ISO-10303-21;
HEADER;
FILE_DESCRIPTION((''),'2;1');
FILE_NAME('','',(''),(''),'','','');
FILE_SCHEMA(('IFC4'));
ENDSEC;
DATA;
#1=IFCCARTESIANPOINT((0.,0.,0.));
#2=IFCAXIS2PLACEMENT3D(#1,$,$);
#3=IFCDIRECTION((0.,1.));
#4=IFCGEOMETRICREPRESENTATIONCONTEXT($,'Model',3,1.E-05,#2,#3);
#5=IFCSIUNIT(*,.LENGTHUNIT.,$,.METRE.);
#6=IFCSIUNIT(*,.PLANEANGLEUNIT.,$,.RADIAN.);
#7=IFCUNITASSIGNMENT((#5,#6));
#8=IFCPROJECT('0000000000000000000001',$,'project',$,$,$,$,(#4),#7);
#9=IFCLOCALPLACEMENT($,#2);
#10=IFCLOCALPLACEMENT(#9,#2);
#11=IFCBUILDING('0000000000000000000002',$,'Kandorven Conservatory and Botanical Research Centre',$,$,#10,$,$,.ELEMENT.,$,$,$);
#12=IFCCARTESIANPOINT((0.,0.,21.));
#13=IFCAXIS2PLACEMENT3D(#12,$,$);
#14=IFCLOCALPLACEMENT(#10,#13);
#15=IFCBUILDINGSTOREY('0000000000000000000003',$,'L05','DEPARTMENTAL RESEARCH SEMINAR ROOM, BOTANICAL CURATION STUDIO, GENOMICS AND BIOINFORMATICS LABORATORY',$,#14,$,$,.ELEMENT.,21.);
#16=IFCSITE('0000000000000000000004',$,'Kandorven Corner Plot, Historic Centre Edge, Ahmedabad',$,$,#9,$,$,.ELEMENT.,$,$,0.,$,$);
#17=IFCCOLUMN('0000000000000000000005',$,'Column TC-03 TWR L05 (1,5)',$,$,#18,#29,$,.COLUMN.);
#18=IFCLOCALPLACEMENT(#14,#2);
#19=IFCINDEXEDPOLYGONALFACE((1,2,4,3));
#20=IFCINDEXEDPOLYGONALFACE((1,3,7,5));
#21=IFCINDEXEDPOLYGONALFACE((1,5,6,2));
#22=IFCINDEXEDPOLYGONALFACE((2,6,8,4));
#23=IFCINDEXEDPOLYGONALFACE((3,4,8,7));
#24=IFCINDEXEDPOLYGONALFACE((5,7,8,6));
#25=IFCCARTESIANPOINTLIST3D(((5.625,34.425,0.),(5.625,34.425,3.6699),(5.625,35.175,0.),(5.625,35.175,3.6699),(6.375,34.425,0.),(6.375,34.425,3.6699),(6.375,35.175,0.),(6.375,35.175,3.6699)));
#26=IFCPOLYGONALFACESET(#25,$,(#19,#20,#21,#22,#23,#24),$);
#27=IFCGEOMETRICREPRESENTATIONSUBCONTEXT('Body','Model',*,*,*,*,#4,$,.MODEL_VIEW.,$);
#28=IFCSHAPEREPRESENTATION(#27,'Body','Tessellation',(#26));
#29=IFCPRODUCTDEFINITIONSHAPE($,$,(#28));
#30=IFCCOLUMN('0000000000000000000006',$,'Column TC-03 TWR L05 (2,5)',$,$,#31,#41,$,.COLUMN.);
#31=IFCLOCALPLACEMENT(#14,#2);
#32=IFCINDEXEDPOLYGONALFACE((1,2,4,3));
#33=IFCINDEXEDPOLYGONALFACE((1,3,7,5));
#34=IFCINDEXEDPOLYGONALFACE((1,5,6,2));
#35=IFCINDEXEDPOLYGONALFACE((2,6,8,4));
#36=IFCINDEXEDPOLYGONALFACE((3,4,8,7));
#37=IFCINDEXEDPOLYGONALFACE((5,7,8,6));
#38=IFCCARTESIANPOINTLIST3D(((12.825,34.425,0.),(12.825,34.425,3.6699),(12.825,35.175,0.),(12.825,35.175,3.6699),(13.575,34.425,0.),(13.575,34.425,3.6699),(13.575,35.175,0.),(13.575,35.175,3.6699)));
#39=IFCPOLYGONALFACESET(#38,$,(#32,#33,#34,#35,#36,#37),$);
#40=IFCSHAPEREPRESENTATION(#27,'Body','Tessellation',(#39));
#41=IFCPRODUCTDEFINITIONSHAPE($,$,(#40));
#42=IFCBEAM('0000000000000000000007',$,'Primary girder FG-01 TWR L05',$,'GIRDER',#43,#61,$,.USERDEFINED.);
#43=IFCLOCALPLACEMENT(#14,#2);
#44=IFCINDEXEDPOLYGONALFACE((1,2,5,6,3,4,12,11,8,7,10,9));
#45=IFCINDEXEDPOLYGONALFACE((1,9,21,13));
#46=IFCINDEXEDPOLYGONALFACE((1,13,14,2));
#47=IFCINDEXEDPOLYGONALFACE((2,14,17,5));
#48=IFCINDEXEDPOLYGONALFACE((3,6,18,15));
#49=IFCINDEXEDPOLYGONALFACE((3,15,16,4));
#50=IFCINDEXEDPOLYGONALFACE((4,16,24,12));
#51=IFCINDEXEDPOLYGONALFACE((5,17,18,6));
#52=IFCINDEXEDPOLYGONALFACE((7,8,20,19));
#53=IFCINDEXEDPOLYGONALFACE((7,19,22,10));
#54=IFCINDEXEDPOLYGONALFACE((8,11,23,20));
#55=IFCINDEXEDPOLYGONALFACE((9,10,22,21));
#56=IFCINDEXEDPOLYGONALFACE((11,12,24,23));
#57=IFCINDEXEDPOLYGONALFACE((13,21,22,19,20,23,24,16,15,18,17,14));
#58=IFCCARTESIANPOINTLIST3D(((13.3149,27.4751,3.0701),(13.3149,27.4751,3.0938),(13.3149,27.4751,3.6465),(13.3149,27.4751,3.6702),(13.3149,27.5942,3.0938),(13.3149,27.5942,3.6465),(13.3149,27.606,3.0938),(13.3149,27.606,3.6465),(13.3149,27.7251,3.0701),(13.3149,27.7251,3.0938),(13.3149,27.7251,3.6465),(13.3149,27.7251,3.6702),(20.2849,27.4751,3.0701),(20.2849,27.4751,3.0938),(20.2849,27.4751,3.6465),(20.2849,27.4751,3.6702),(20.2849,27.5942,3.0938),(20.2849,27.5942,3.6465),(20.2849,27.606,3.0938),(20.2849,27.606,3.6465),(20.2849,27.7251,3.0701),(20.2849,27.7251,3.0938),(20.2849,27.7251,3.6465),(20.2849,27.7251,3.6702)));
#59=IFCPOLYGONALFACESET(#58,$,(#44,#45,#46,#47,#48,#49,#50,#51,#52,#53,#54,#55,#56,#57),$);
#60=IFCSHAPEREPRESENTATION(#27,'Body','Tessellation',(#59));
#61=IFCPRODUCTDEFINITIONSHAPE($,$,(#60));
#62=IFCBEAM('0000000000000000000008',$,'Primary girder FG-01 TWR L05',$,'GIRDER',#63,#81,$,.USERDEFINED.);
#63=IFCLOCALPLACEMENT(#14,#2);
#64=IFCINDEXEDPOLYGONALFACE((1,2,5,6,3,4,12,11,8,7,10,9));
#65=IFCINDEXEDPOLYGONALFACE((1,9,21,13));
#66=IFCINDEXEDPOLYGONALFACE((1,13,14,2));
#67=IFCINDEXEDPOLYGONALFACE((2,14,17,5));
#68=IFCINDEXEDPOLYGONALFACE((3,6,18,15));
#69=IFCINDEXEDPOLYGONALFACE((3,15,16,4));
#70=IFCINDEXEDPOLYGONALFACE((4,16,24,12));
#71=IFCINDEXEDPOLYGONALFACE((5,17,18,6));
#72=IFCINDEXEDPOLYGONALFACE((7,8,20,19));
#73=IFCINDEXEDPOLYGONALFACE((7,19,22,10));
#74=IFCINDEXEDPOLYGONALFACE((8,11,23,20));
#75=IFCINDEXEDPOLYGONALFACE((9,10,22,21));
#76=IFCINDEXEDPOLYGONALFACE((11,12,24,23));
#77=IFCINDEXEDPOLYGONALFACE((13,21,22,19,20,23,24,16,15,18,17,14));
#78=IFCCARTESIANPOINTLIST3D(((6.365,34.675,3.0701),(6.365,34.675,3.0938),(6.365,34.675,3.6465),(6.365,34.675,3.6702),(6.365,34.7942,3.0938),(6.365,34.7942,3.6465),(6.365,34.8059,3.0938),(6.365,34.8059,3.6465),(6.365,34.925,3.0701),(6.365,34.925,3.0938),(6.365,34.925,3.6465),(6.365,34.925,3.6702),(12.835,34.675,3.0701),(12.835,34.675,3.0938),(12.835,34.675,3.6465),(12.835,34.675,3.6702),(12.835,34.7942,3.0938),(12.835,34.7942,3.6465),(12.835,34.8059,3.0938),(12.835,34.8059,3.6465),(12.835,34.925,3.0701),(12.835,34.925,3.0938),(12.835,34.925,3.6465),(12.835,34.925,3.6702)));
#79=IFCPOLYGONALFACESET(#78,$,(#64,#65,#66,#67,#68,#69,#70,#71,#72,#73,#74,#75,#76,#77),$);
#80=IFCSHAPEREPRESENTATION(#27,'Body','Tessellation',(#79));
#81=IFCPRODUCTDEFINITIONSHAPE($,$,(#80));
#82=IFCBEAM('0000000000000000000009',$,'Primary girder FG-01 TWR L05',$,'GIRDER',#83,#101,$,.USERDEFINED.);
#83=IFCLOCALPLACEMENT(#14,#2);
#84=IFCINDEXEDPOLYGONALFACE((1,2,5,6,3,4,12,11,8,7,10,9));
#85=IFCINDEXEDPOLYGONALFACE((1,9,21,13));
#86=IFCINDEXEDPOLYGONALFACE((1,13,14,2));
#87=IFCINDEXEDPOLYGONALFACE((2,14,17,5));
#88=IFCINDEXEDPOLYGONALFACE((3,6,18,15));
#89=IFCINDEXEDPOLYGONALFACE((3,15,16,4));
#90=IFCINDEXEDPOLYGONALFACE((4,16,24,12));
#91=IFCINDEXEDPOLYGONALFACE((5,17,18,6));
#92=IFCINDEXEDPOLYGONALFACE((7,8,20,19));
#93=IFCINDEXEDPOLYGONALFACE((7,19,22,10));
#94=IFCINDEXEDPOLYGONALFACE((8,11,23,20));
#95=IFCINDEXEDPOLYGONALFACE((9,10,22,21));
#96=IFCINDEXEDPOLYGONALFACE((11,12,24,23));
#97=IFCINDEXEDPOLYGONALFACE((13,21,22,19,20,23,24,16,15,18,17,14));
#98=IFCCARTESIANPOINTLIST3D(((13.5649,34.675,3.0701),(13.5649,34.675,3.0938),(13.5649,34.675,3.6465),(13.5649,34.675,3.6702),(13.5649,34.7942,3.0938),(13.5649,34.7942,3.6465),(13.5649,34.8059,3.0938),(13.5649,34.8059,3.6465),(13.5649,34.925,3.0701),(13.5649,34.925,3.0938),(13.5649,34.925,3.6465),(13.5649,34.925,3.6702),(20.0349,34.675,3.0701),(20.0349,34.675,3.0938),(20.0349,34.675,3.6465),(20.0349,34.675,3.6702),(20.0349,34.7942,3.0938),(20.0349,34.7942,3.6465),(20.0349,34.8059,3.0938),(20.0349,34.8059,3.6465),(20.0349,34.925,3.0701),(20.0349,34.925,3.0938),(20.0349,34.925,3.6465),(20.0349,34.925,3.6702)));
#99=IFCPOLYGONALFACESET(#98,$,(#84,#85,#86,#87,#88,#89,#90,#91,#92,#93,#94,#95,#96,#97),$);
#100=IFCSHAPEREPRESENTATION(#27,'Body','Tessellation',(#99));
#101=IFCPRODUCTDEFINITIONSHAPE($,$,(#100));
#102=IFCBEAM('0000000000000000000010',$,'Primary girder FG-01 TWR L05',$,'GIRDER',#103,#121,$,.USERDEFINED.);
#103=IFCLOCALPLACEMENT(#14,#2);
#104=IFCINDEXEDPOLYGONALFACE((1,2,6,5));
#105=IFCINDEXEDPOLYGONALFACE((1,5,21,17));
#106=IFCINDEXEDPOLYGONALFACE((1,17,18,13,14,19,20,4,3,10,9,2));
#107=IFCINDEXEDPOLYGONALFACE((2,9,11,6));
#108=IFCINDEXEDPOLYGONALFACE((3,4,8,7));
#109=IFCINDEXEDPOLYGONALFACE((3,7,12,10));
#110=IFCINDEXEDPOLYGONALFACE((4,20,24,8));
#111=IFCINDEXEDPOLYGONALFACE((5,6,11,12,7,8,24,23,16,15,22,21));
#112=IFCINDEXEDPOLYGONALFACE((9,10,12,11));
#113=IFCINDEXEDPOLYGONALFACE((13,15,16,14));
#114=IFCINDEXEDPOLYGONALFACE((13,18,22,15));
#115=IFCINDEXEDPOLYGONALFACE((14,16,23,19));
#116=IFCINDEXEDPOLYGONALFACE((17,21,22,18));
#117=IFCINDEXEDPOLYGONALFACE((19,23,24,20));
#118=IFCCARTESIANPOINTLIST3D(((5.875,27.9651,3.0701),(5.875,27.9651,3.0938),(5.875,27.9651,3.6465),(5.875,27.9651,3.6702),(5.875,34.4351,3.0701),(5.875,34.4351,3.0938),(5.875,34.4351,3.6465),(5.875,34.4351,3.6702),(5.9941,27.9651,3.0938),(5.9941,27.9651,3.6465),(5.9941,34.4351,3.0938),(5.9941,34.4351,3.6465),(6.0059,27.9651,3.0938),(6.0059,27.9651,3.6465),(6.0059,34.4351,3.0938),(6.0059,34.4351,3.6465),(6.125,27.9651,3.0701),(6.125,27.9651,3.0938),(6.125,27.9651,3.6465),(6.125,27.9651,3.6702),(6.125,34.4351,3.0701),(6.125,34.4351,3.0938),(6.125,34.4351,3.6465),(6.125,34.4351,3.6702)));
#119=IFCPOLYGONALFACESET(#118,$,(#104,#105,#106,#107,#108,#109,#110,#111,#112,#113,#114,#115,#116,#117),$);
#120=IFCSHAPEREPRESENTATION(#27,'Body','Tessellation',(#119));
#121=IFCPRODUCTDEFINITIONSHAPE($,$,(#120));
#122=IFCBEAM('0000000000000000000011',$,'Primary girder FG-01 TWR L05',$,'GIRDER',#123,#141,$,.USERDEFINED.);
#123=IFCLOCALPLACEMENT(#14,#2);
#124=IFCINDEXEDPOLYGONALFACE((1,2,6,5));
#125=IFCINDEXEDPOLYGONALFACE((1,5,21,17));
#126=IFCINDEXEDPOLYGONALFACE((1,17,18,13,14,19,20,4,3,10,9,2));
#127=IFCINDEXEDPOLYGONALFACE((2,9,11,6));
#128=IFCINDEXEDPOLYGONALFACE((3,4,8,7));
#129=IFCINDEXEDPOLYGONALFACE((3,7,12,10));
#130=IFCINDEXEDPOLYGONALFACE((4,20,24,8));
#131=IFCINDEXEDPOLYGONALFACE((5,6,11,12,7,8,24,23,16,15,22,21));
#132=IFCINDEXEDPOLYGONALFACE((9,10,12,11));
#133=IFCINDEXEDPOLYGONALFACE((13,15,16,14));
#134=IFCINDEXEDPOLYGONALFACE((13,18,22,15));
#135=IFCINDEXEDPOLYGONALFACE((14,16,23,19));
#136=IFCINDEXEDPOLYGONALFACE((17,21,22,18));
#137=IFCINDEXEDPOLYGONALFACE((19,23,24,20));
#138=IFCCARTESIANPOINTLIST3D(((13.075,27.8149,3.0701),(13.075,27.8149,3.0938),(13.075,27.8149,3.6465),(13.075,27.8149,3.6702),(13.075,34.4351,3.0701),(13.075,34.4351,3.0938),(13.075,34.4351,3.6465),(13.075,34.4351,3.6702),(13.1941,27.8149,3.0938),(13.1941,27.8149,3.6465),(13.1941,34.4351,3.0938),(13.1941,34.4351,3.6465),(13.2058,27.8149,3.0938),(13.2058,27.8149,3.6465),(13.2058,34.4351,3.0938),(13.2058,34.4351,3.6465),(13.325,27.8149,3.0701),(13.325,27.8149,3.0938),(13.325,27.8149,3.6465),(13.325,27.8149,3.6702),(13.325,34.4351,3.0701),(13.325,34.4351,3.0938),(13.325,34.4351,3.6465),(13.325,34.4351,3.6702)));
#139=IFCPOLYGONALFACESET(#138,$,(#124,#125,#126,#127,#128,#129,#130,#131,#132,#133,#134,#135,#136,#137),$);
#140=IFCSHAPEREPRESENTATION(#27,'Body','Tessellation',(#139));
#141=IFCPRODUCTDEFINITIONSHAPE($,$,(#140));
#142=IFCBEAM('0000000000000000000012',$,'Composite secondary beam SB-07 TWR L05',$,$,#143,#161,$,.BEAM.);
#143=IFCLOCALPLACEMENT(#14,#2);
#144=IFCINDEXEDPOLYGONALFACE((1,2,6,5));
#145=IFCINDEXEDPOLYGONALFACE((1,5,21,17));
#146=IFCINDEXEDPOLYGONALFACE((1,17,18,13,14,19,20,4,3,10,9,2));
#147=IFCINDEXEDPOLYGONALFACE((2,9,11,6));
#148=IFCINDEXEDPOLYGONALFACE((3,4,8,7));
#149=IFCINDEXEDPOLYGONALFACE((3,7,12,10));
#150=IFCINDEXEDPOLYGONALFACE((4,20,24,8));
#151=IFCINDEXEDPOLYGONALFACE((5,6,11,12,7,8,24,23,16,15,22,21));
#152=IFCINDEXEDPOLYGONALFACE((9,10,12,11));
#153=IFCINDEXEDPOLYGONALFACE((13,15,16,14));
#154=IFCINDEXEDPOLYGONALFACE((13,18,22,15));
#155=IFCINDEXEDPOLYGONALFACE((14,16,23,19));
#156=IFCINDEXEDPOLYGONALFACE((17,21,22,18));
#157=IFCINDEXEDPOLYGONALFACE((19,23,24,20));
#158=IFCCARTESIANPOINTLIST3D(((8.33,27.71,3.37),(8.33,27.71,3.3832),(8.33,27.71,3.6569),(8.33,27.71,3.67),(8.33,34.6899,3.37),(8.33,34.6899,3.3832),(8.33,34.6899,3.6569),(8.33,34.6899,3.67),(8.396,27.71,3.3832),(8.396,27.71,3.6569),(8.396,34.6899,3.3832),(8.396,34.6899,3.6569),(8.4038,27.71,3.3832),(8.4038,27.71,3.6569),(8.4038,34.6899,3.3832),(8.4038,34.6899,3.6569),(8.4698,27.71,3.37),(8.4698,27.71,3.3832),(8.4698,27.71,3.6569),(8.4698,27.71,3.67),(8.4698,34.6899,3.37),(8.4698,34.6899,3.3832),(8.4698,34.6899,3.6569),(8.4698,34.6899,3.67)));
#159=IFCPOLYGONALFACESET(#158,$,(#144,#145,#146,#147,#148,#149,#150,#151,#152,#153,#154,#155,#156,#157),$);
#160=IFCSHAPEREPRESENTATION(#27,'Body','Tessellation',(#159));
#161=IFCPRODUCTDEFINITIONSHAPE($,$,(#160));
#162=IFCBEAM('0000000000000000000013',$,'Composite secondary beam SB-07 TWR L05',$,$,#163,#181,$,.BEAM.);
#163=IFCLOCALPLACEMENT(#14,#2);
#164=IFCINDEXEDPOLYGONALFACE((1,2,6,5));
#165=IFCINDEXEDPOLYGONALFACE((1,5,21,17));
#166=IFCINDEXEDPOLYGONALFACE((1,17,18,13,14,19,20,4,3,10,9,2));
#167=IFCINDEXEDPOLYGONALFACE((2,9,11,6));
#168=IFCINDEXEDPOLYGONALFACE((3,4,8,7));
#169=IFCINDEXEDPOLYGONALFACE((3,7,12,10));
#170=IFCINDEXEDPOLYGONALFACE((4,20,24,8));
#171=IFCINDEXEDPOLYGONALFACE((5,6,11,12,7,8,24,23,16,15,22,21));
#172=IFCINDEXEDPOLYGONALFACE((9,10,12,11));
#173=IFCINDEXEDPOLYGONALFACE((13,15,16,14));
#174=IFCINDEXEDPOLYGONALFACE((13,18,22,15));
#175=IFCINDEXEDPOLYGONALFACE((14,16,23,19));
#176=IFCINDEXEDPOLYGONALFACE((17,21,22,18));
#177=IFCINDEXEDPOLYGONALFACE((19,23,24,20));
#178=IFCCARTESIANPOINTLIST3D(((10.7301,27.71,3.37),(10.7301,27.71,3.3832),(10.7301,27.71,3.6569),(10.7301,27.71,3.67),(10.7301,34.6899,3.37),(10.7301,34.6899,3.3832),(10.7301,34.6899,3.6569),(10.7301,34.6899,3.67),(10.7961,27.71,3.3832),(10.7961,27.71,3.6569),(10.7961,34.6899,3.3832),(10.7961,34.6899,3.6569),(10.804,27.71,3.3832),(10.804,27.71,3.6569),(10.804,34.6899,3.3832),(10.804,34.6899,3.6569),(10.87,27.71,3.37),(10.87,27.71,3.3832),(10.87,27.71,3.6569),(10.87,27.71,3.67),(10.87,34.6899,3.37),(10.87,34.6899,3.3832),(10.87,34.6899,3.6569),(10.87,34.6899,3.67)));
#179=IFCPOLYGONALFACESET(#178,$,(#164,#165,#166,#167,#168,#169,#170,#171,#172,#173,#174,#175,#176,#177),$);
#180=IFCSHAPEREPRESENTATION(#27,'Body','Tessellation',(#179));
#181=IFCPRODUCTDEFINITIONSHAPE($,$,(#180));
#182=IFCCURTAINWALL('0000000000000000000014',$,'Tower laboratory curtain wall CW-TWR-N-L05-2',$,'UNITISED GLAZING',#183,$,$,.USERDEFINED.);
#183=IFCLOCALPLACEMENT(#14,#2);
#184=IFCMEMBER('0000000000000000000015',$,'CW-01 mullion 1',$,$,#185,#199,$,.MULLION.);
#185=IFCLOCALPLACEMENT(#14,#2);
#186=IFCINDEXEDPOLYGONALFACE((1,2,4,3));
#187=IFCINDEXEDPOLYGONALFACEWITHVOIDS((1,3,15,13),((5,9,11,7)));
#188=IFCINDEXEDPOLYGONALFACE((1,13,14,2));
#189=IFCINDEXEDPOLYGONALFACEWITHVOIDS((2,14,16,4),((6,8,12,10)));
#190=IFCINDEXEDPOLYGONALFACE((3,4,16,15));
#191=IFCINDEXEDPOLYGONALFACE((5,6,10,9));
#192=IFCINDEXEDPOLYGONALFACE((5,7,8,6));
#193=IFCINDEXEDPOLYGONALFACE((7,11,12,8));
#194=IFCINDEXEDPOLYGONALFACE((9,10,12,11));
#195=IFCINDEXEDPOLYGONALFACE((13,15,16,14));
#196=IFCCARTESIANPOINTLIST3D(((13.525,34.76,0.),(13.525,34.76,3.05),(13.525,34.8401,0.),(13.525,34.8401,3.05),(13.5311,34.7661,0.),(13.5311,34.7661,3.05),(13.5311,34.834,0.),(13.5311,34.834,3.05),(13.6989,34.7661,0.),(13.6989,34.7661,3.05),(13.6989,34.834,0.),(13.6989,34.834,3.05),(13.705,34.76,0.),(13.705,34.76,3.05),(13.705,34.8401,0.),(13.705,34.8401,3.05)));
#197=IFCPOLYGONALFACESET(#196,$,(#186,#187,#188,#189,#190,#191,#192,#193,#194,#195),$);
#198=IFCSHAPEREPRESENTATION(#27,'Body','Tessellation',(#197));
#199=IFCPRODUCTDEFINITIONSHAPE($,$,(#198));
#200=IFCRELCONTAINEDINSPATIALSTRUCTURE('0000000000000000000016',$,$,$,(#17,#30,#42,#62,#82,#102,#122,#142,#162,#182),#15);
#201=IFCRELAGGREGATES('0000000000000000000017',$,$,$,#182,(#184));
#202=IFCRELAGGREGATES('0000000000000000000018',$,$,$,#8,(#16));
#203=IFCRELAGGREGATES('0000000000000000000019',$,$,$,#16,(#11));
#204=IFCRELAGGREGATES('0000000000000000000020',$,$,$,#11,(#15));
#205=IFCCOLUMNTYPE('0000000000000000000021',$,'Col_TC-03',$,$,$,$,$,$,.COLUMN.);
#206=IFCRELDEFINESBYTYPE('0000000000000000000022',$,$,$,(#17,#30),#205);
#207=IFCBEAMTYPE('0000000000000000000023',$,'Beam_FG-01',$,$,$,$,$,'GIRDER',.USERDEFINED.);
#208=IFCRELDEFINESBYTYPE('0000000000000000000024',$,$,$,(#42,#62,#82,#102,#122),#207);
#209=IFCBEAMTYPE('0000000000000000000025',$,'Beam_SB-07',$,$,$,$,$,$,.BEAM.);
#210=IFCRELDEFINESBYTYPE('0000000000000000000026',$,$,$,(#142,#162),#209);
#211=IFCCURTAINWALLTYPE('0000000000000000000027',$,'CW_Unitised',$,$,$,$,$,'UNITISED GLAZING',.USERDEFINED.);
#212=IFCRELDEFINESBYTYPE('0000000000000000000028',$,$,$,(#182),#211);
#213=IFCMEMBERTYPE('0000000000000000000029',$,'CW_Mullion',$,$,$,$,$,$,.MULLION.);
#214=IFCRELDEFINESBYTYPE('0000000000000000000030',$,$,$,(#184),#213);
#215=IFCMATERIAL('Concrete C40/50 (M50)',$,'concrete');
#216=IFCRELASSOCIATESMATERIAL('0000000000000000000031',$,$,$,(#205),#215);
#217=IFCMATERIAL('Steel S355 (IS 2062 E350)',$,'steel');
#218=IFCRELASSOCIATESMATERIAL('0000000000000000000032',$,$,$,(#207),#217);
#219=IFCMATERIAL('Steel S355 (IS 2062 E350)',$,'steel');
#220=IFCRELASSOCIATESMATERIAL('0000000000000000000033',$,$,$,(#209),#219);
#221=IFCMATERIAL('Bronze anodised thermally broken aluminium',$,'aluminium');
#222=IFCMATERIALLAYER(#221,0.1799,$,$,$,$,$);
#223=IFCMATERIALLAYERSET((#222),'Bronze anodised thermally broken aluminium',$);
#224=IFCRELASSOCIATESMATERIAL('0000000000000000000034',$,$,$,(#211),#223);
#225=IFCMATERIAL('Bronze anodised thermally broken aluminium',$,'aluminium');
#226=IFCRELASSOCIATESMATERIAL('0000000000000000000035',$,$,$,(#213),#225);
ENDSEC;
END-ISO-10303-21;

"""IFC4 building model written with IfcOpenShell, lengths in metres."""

from ifc_helpers import new_model, si_unit, direction, frame, origin, origin_2d, place, context, subcontext, project, spatial, rectangle, hollow_rectangle, i_section, extrude, material, layer, layer_set, material_profile, profile_set, type_object, element, aggregate, save


model = new_model("IFC4")

# Units and contexts
model_context = context("Model", 3, precision=1e-05, world=origin(), true_north=direction((0.0, 1.0)))
body_context = subcontext(model_context, "Body", "Model", "MODEL_VIEW")
ifc_project = project(units=[si_unit("LENGTHUNIT", "METRE"), si_unit("PLANEANGLEUNIT", "RADIAN")], contexts=[model_context])

# Site, building, storey
site_placement = place(None, origin())
site = spatial("IfcSite", under=ifc_project, at=site_placement, Name="Kandorven Corner Plot, Historic Centre Edge, Ahmedabad", CompositionType="ELEMENT", RefElevation=0.0)
building_placement = place(site_placement, origin())
building = spatial("IfcBuilding", under=site, at=building_placement, Name="Kandorven Conservatory and Botanical Research Centre", CompositionType="ELEMENT")
storey_placement = place(building_placement, frame((0.0, 0.0, 21.0)))
storey = spatial("IfcBuildingStorey", under=building, at=storey_placement, Name="L05", Description="DEPARTMENTAL RESEARCH SEMINAR ROOM, BOTANICAL CURATION STUDIO, GENOMICS AND BIOINFORMATICS LABORATORY", CompositionType="ELEMENT", Elevation=21.0)

# Columns
ifc_material_1 = material(Name="Concrete C40/50 (M50)", Category="concrete")
ifc_material_profile_1 = material_profile(ifc_material_1, rectangle(XDim=0.75, YDim=0.75, at=origin_2d()))
ifc_profile_set_1 = profile_set([ifc_material_profile_1], Name="Concrete C40/50 (M50)")
column_type = type_object("IfcColumnType", Name="Col_TC-03", PredefinedType="COLUMN", material=ifc_profile_set_1)
for number, where, z_axis, x_axis, name in (
    (1, (6.0, 34.8, 0.0), (0.0, 0.0, 1.0), (1.0, 0.0, 0.0), "Column TC-03 TWR L05 (1,5)"),
    (2, (13.2, 34.8, 0.0), (0.0, 0.0, 1.0), (1.0, 0.0, 0.0), "Column TC-03 TWR L05 (2,5)"),
):
    element("IfcColumn", number, at=place(storey_placement, frame(where, z_axis=z_axis, x_axis=x_axis)), inside=storey, type_object=column_type, Name=name, PredefinedType="COLUMN", context=body_context, shape_type="SweptSolid", body=[
        extrude(rectangle(XDim=0.75, YDim=0.75, at=origin_2d()), origin(), (0.0, 0.0, 1.0), 3.6699),
    ])

# Beams
ifc_material_2 = material(Name="Steel S355 (IS 2062 E350)", Category="steel")
ifc_material_profile_2 = material_profile(ifc_material_2, i_section(OverallWidth=0.25, OverallDepth=0.6001, WebThickness=0.0117, FlangeThickness=0.0237, at=origin_2d()))
ifc_profile_set_2 = profile_set([ifc_material_profile_2], Name="Steel S355 (IS 2062 E350)")
beam_type_1 = type_object("IfcBeamType", Name="Beam_FG-01", ElementType="GIRDER", PredefinedType="USERDEFINED", material=ifc_profile_set_2)
beam_1_placement = place(storey_placement, frame((13.3149, 27.6001, 3.3701), z_axis=(1.0, 0.0, 0.0), x_axis=(0.0, 1.0, 0.0)))
element("IfcBeam", 3, at=beam_1_placement, inside=storey, type_object=beam_type_1, Name="Primary girder FG-01 TWR L05", ObjectType="GIRDER", PredefinedType="USERDEFINED", context=body_context, shape_type="SweptSolid", body=[
    extrude(i_section(OverallWidth=0.25, OverallDepth=0.6001, WebThickness=0.0117, FlangeThickness=0.0237, at=origin_2d()), origin(), (0.0, 0.0, 1.0), 6.97),
])
for number, where, z_axis, x_axis, name in (
    (4, (6.365, 34.8, 3.3701), (1.0, 0.0, 0.0), (0.0, 1.0, 0.0), "Primary girder FG-01 TWR L05"),
    (5, (13.5649, 34.8, 3.3701), (1.0, 0.0, 0.0), (0.0, 1.0, 0.0), "Primary girder FG-01 TWR L05"),
    (6, (6.0, 27.9651, 3.3701), (0.0, 1.0, 0.0), (-1.0, 0.0, 0.0), "Primary girder FG-01 TWR L05"),
):
    element("IfcBeam", number, at=place(storey_placement, frame(where, z_axis=z_axis, x_axis=x_axis)), inside=storey, type_object=beam_type_1, Name=name, ObjectType="GIRDER", PredefinedType="USERDEFINED", context=body_context, shape_type="SweptSolid", body=[
        extrude(i_section(OverallWidth=0.25, OverallDepth=0.6001, WebThickness=0.0117, FlangeThickness=0.0237, at=origin_2d()), origin(), (0.0, 0.0, 1.0), 6.47),
    ])
beam_2_placement = place(storey_placement, frame((13.2, 27.8149, 3.3701), z_axis=(0.0, 1.0, 0.0), x_axis=(-1.0, 0.0, 0.0)))
element("IfcBeam", 7, at=beam_2_placement, inside=storey, type_object=beam_type_1, Name="Primary girder FG-01 TWR L05", ObjectType="GIRDER", PredefinedType="USERDEFINED", context=body_context, shape_type="SweptSolid", body=[
    extrude(i_section(OverallWidth=0.25, OverallDepth=0.6001, WebThickness=0.0117, FlangeThickness=0.0237, at=origin_2d()), origin(), (0.0, 0.0, 1.0), 6.6201),
])
ifc_material_3 = material(Name="Steel S355 (IS 2062 E350)", Category="steel")
ifc_material_profile_3 = material_profile(ifc_material_3, i_section(OverallWidth=0.1399, OverallDepth=0.3, WebThickness=0.0078, FlangeThickness=0.0132, at=origin_2d()))
ifc_profile_set_3 = profile_set([ifc_material_profile_3], Name="Steel S355 (IS 2062 E350)")
beam_type_2 = type_object("IfcBeamType", Name="Beam_SB-07", PredefinedType="BEAM", material=ifc_profile_set_3)
for number, where, z_axis, x_axis, name in (
    (8, (8.3999, 27.71, 3.52), (0.0, 1.0, 0.0), (-1.0, 0.0, 0.0), "Composite secondary beam SB-07 TWR L05"),
    (9, (10.8, 27.71, 3.52), (0.0, 1.0, 0.0), (-1.0, 0.0, 0.0), "Composite secondary beam SB-07 TWR L05"),
):
    element("IfcBeam", number, at=place(storey_placement, frame(where, z_axis=z_axis, x_axis=x_axis)), inside=storey, type_object=beam_type_2, Name=name, PredefinedType="BEAM", context=body_context, shape_type="SweptSolid", body=[
        extrude(i_section(OverallWidth=0.1399, OverallDepth=0.3, WebThickness=0.0078, FlangeThickness=0.0132, at=origin_2d()), origin(), (0.0, 0.0, 1.0), 6.98),
    ])

# Curtain wall, member
ifc_material_4 = material(Name="Bronze anodised thermally broken aluminium", Category="aluminium")
ifc_layer_1 = layer(ifc_material_4, 0.1799)
ifc_layer_set_1 = layer_set([ifc_layer_1], Name="Bronze anodised thermally broken aluminium")
curtain_wall_type = type_object("IfcCurtainWallType", Name="CW_Unitised", ElementType="UNITISED GLAZING", PredefinedType="USERDEFINED", material=ifc_layer_set_1)
curtain_wall_placement = place(storey_placement, origin())
curtain_wall = element("IfcCurtainWall", 10, at=curtain_wall_placement, inside=storey, type_object=curtain_wall_type, Name="Tower laboratory curtain wall CW-TWR-N-L05-2", ObjectType="UNITISED GLAZING", PredefinedType="USERDEFINED")
ifc_material_5 = material(Name="Bronze anodised thermally broken aluminium", Category="aluminium")
ifc_material_profile_4 = material_profile(ifc_material_5, hollow_rectangle(XDim=0.0801, YDim=0.1799, WallThickness=0.0061, at=origin_2d()))
ifc_profile_set_4 = profile_set([ifc_material_profile_4], Name="Bronze anodised thermally broken aluminium")
member_type_1 = type_object("IfcMemberType", Name="CW_Mullion", PredefinedType="MULLION", material=ifc_profile_set_4)
member_1_placement = place(storey_placement, frame((13.615, 34.8, 0.0), z_axis=(0.0, 0.0, 1.0), x_axis=(0.0, 1.0, 0.0)))
member_1 = element("IfcMember", 11, at=member_1_placement, type_object=member_type_1, Name="CW-01 mullion 1", PredefinedType="MULLION", context=body_context, shape_type="SweptSolid", body=[
    extrude(hollow_rectangle(XDim=0.0801, YDim=0.1799, WallThickness=0.0061, at=origin_2d()), origin(), (0.0, 0.0, 1.0), 3.05),
])
aggregate(curtain_wall, [member_1])

save(model, "model.ifc")
